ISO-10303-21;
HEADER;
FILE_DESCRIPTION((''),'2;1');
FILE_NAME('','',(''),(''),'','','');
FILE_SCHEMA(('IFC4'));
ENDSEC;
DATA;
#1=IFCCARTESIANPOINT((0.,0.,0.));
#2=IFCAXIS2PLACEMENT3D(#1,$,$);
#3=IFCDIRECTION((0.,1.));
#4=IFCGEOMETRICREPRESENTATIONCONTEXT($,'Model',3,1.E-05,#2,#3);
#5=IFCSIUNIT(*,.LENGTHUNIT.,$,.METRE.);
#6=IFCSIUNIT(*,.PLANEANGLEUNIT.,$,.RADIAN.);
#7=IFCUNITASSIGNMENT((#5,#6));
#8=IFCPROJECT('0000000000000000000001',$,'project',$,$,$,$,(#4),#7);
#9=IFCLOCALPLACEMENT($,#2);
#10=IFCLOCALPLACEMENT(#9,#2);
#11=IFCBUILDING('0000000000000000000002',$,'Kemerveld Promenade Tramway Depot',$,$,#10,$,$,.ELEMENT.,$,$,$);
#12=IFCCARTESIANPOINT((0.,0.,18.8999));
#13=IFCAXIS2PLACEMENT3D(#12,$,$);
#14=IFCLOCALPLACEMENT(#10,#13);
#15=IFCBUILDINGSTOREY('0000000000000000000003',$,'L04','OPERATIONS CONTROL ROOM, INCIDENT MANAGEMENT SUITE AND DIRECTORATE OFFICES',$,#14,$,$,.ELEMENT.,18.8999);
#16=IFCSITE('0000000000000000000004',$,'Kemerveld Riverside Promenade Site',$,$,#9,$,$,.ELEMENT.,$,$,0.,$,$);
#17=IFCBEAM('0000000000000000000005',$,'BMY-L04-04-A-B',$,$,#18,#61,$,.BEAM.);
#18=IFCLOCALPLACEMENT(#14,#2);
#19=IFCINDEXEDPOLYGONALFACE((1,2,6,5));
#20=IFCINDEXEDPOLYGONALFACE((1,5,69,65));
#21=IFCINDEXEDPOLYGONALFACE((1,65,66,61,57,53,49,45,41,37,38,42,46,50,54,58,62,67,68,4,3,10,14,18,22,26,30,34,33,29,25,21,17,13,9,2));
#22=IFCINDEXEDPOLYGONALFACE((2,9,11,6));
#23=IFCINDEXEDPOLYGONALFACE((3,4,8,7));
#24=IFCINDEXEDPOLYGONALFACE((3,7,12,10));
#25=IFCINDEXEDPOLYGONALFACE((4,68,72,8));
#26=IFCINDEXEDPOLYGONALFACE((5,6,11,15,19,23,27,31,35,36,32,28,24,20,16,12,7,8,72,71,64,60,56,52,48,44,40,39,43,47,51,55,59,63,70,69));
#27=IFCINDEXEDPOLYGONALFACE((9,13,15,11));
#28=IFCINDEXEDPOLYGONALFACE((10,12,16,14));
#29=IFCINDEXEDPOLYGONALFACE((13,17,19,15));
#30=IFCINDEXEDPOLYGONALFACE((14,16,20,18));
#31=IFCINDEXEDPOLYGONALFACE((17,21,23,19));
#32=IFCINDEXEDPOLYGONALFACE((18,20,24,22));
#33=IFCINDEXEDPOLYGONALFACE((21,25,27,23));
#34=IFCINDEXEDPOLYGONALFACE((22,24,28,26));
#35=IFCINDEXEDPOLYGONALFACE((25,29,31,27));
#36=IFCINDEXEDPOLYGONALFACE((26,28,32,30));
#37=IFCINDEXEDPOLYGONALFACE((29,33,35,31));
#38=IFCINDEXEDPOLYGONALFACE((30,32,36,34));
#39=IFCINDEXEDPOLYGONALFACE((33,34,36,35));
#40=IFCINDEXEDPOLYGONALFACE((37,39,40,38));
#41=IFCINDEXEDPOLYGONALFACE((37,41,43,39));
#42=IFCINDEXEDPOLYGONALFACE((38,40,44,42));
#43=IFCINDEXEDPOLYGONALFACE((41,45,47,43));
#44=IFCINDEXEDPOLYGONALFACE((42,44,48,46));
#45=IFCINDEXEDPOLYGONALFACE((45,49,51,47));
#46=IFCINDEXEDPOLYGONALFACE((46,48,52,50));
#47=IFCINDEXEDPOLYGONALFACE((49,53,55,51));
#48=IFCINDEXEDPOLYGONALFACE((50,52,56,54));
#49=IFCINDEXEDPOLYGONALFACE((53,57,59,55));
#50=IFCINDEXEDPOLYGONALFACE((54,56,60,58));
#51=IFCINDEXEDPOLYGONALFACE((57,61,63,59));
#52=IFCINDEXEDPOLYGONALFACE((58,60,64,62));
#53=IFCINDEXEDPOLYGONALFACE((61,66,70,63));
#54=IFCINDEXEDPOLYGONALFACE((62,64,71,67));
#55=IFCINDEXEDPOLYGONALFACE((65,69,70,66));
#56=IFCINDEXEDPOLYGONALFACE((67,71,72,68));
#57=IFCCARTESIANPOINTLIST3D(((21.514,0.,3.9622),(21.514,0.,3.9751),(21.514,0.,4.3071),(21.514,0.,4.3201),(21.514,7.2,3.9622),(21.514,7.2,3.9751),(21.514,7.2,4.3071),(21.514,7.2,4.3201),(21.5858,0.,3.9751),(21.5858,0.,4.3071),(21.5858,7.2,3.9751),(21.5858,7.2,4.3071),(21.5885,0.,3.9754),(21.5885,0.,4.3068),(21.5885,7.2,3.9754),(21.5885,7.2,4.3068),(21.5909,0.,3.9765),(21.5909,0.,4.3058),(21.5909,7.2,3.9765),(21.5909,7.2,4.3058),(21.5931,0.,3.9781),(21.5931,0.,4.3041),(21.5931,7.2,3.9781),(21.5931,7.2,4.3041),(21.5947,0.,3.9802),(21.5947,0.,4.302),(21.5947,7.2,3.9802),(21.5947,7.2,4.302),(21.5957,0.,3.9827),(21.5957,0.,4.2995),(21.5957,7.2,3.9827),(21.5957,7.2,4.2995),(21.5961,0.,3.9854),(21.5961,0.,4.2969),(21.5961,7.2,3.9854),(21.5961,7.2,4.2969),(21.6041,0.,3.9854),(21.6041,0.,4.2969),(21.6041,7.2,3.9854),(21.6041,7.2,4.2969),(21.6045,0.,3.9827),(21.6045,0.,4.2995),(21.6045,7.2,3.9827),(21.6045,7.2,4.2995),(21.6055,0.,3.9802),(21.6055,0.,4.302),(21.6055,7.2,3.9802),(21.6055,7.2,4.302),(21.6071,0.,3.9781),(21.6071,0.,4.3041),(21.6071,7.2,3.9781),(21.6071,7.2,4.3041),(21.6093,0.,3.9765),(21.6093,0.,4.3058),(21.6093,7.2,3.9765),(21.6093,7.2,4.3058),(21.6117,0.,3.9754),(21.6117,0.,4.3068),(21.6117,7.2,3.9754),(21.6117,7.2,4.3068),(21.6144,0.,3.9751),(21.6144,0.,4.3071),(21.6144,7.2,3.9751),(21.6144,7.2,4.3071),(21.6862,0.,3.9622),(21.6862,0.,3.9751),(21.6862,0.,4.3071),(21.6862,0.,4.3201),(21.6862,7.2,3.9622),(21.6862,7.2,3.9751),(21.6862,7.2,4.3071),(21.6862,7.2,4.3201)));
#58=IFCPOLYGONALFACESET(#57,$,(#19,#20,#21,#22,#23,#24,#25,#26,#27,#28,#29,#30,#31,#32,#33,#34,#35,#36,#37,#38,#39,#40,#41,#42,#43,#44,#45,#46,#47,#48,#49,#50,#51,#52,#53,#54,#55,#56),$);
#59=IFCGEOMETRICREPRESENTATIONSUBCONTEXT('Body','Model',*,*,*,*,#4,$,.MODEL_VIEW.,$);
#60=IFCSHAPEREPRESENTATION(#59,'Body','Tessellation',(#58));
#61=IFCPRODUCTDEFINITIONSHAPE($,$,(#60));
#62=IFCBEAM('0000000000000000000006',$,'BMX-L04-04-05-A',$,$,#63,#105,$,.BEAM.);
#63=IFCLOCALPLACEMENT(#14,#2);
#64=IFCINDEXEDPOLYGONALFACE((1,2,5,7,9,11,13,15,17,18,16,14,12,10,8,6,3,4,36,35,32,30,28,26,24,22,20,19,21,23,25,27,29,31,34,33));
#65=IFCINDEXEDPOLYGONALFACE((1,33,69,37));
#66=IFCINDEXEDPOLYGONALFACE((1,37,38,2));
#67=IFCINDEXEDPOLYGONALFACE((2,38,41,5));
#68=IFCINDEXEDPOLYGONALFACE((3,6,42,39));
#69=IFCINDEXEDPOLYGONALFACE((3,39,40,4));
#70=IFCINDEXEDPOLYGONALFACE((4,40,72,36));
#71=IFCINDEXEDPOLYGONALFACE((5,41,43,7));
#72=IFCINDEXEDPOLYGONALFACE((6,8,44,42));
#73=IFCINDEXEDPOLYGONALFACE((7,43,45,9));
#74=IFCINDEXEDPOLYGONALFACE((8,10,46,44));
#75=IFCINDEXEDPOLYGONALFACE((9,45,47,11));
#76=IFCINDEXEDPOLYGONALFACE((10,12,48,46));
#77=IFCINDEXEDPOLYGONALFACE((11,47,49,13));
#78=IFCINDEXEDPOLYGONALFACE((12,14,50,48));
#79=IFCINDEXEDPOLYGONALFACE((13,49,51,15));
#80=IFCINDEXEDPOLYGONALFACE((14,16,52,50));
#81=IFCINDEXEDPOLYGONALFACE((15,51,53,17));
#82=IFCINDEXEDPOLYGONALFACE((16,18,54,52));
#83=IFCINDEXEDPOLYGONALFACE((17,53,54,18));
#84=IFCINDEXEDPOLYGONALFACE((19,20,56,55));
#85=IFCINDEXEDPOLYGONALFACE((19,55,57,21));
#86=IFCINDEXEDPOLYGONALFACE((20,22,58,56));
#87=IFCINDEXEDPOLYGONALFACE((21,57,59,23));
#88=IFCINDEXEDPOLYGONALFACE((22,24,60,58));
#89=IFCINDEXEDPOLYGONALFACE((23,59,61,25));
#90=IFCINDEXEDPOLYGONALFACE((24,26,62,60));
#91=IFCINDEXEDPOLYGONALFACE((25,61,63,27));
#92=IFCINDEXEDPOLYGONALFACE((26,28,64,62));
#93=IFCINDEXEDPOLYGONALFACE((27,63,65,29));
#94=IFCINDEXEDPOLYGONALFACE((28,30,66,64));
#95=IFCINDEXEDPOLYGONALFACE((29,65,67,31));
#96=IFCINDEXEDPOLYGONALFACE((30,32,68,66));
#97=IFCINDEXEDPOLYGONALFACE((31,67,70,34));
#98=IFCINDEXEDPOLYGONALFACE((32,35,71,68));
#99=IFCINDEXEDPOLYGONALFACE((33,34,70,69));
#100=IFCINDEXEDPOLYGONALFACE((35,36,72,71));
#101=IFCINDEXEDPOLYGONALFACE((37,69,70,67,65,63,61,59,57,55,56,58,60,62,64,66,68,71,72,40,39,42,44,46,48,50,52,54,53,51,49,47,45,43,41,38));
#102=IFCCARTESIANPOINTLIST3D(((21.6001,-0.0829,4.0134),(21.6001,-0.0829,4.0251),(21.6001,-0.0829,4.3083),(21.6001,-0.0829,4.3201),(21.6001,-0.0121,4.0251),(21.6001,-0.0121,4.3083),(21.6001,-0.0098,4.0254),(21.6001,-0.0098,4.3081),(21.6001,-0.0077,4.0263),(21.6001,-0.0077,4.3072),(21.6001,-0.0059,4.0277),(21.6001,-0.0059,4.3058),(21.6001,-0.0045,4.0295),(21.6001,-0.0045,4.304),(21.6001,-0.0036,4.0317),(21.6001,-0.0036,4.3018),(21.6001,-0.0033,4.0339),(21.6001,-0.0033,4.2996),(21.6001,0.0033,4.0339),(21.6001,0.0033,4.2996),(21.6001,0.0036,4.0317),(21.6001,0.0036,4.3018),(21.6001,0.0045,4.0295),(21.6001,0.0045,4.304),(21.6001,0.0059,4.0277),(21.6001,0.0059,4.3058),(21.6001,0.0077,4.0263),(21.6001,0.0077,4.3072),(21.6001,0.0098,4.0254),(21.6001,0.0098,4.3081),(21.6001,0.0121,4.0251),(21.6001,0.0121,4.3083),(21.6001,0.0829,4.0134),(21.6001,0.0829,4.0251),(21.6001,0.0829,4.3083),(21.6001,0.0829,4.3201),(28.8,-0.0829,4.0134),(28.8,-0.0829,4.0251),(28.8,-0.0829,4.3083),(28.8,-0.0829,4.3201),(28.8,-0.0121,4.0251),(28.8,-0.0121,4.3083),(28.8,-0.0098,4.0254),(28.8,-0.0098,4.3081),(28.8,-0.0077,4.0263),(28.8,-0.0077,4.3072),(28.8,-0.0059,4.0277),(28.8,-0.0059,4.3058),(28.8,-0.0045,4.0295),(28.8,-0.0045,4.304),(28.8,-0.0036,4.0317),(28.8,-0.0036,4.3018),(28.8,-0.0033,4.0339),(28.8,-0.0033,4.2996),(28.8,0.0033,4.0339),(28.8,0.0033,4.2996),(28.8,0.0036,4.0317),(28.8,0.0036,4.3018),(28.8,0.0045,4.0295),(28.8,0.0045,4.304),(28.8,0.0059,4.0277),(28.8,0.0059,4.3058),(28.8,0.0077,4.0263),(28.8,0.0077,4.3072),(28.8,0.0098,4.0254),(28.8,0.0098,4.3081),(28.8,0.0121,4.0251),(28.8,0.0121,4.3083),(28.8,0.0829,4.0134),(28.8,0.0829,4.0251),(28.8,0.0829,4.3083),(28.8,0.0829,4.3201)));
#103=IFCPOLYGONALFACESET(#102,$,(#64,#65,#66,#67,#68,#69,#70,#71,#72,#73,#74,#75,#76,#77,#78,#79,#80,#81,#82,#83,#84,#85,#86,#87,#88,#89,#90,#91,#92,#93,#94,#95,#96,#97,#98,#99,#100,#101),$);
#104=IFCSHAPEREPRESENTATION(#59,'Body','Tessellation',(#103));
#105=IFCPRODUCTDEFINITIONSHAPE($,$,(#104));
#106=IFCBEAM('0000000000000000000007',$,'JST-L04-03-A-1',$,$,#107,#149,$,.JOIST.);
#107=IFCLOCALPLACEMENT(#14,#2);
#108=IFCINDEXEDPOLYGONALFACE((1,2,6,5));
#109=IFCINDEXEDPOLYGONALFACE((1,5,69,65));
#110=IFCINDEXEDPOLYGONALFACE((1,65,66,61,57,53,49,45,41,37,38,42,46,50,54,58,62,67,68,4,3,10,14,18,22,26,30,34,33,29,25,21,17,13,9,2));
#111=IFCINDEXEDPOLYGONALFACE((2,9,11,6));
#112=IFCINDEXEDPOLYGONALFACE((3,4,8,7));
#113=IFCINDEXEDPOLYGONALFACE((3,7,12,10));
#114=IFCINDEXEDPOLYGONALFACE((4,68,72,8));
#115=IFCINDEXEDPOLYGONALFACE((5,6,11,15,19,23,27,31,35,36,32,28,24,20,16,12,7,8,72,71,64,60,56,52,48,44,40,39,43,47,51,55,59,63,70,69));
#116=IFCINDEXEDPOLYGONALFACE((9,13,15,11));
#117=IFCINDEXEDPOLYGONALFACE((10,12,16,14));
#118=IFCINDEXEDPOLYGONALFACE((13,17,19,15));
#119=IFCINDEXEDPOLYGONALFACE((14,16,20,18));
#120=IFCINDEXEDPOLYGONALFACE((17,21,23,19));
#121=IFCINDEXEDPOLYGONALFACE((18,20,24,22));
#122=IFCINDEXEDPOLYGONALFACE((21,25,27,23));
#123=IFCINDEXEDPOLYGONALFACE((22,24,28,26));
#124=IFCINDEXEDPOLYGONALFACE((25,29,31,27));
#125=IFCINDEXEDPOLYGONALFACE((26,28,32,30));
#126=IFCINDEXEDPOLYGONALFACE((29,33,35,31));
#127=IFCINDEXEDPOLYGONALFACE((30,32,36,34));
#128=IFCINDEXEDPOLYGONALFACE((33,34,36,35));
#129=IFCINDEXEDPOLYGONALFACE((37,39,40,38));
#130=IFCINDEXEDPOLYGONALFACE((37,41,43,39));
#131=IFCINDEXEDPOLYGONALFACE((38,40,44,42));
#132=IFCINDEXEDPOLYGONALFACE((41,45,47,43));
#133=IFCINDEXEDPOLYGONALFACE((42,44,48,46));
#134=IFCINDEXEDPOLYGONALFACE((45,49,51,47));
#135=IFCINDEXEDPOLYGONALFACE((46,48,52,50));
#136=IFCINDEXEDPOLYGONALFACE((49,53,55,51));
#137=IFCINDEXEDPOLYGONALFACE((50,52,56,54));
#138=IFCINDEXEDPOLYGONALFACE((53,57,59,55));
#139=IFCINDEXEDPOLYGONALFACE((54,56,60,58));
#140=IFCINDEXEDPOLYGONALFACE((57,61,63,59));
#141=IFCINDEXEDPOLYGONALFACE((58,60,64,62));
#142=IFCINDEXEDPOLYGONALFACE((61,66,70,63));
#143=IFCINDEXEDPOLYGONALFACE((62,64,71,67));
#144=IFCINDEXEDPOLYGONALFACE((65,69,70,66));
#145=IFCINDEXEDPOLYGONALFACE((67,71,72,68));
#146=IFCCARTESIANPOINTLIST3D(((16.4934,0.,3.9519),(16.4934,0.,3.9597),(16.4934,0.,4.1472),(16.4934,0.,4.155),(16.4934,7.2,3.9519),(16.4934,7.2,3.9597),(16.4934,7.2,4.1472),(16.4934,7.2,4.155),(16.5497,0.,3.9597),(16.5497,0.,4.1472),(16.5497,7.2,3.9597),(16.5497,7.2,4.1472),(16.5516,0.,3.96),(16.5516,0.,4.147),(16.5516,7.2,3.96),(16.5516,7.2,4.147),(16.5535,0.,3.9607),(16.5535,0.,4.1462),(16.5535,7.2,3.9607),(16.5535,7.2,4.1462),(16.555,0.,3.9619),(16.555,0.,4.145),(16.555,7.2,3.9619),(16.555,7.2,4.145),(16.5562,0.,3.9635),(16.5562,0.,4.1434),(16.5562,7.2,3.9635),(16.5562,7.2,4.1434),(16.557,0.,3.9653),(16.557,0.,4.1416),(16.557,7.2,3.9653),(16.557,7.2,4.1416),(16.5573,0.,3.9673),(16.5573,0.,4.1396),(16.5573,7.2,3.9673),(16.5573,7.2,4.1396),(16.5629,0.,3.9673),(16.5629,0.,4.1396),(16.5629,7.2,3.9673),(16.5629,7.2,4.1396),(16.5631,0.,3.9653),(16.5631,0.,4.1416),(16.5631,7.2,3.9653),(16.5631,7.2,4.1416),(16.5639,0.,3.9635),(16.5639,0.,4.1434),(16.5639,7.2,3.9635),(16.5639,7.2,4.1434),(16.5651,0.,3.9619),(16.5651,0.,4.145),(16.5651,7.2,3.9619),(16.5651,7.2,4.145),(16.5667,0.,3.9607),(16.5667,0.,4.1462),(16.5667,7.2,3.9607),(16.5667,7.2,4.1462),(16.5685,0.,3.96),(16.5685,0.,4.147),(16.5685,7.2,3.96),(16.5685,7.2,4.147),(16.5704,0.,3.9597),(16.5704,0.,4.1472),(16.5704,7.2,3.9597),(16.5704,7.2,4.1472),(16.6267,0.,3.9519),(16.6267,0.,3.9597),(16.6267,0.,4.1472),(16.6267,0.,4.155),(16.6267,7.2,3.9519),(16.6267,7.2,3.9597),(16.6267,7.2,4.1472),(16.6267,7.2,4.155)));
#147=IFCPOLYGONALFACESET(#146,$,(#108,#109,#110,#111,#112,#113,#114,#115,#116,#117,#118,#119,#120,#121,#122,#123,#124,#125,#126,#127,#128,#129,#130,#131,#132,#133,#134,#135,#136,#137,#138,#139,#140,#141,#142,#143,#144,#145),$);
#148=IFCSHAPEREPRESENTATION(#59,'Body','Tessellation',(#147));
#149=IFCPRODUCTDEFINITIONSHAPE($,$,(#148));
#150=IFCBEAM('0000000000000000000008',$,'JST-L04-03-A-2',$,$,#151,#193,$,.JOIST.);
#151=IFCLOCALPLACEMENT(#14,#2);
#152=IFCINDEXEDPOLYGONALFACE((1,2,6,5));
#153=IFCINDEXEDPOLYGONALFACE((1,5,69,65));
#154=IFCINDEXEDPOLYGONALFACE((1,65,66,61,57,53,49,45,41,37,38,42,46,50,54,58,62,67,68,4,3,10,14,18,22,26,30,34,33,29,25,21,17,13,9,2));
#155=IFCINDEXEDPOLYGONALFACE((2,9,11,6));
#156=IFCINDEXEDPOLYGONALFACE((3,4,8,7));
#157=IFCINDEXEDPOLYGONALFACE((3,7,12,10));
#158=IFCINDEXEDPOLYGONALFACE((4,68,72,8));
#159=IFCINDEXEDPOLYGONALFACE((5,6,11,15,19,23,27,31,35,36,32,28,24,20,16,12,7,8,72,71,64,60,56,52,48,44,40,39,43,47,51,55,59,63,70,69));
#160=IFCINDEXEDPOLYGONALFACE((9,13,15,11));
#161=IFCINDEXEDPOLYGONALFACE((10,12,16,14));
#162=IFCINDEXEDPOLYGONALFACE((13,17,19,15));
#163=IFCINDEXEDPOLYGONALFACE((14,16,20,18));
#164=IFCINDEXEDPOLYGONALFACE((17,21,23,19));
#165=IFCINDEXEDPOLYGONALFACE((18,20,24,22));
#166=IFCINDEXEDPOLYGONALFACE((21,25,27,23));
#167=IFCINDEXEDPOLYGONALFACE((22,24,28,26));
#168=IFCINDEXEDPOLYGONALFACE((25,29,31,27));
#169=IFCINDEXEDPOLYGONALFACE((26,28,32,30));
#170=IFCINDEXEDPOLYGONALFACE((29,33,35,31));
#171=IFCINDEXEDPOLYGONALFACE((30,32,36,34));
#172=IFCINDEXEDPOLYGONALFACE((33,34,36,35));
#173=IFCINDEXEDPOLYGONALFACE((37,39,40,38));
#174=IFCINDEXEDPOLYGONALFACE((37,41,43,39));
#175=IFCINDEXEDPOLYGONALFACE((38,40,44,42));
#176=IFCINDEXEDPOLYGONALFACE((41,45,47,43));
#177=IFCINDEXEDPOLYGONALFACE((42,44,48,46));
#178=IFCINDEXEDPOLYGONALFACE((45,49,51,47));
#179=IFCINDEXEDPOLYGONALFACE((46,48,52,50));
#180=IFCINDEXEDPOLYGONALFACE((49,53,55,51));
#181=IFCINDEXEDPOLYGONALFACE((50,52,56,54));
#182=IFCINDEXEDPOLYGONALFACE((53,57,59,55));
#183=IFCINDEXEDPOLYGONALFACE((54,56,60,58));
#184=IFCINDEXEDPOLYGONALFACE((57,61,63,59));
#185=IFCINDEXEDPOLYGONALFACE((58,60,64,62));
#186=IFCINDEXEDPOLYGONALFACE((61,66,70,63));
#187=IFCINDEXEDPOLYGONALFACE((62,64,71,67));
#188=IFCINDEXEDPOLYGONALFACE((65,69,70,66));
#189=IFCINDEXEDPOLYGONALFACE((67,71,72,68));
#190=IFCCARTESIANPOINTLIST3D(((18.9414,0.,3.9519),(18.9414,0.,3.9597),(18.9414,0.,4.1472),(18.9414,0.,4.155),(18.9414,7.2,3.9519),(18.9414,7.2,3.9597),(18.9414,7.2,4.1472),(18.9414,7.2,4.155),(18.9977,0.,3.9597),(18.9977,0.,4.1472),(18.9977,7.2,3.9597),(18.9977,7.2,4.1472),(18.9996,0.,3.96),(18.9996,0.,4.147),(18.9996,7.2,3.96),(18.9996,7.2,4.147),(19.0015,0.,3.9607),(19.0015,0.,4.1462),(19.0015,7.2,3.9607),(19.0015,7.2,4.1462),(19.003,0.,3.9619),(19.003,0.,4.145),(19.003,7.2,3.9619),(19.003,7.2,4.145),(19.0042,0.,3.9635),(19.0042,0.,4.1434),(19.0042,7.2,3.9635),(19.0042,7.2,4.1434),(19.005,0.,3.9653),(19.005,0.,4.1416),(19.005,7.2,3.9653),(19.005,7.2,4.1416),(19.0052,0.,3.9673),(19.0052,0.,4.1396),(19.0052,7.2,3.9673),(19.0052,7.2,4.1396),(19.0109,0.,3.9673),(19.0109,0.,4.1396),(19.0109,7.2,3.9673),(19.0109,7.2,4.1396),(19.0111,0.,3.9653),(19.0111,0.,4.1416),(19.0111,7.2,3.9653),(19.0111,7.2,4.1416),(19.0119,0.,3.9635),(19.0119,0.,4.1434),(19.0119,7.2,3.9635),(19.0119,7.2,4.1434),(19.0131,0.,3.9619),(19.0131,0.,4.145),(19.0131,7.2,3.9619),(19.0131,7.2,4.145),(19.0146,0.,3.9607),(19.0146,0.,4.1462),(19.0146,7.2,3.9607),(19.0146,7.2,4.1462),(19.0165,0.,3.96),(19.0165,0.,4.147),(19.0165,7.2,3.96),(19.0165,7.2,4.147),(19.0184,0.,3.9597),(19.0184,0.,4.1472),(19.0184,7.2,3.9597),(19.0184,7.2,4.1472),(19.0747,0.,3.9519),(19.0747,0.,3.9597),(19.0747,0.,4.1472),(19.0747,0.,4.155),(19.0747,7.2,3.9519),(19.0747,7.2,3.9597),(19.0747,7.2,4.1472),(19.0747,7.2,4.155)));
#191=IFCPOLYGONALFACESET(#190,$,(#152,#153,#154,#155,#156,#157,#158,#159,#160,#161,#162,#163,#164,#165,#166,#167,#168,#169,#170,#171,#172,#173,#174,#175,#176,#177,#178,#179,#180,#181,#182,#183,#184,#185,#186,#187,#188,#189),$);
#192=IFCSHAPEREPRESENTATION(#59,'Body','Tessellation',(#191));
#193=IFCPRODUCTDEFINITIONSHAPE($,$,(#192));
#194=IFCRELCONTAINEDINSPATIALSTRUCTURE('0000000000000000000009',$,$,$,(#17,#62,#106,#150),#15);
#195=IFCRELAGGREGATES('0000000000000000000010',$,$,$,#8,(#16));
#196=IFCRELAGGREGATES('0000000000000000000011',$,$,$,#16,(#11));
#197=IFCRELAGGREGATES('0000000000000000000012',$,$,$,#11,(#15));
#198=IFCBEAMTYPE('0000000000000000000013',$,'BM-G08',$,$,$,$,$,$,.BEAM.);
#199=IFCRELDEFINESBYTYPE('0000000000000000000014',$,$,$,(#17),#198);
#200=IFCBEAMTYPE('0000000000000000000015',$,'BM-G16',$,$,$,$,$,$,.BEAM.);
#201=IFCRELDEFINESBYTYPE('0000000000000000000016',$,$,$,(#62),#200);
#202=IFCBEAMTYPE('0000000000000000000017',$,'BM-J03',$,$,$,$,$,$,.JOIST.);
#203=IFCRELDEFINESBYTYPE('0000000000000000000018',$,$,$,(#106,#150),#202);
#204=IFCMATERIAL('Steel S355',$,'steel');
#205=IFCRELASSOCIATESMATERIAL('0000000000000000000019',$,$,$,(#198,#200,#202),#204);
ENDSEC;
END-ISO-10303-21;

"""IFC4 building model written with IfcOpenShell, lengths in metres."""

from ifc_helpers import new_model, si_unit, direction, frame, origin, origin_2d, place, context, subcontext, project, spatial, i_section, extrude, material, material_profile, profile_set, type_object, element, save


model = new_model("IFC4")

# Units and contexts
model_context = context("Model", 3, precision=1e-05, world=origin(), true_north=direction((0.0, 1.0)))
body_context = subcontext(model_context, "Body", "Model", "MODEL_VIEW")
ifc_project = project(units=[si_unit("LENGTHUNIT", "METRE"), si_unit("PLANEANGLEUNIT", "RADIAN")], contexts=[model_context])

# Site, building, storey
site_placement = place(None, origin())
site = spatial("IfcSite", under=ifc_project, at=site_placement, Name="Kemerveld Riverside Promenade Site", CompositionType="ELEMENT", RefElevation=0.0)
building_placement = place(site_placement, origin())
building = spatial("IfcBuilding", under=site, at=building_placement, Name="Kemerveld Promenade Tramway Depot", CompositionType="ELEMENT")
storey_placement = place(building_placement, frame((0.0, 0.0, 18.8999)))
storey = spatial("IfcBuildingStorey", under=building, at=storey_placement, Name="L04", Description="OPERATIONS CONTROL ROOM, INCIDENT MANAGEMENT SUITE AND DIRECTORATE OFFICES", CompositionType="ELEMENT", Elevation=18.8999)

# Shared definitions
ifc_material_1 = material(Name="Steel S355", Category="steel")

# Beams
ifc_material_profile_1 = material_profile(ifc_material_1, i_section(OverallWidth=0.1721, OverallDepth=0.3579, WebThickness=0.0081, FlangeThickness=0.0129, FilletRadius=0.0103, at=origin_2d()), Name="356x171x57 UB")
ifc_profile_set_1 = profile_set([ifc_material_profile_1], Name="Steel S355")
beam_type_1 = type_object("IfcBeamType", Name="BM-G08", PredefinedType="BEAM", material=ifc_profile_set_1)
for number, where, z_axis, x_axis, name in (
    (1, (21.6001, 0.0, 4.1411), (0.0, 1.0, 0.0), (-1.0, 0.0, 0.0), "BMY-L04-04-A-B"),
):
    element("IfcBeam", number, at=place(storey_placement, frame(where, z_axis=z_axis, x_axis=x_axis)), inside=storey, type_object=beam_type_1, Name=name, PredefinedType="BEAM", context=body_context, shape_type="SweptSolid", body=[
        extrude(i_section(OverallWidth=0.1721, OverallDepth=0.3579, WebThickness=0.0081, FlangeThickness=0.0129, FilletRadius=0.0103, at=origin_2d()), origin(), (0.0, 0.0, 1.0), 7.2),
    ])
ifc_material_profile_2 = material_profile(ifc_material_1, i_section(OverallWidth=0.1658, OverallDepth=0.3066, WebThickness=0.0066, FlangeThickness=0.0117, FilletRadius=0.0088, at=origin_2d()), Name="305x165x46 UB")
ifc_profile_set_2 = profile_set([ifc_material_profile_2], Name="Steel S355")
beam_type_2 = type_object("IfcBeamType", Name="BM-G16", PredefinedType="BEAM", material=ifc_profile_set_2)
beam_placement = place(storey_placement, frame((21.6001, 0.0, 4.1667), z_axis=(1.0, 0.0, 0.0), x_axis=(0.0, 1.0, 0.0)))
element("IfcBeam", 2, at=beam_placement, inside=storey, type_object=beam_type_2, Name="BMX-L04-04-05-A", PredefinedType="BEAM", context=body_context, shape_type="SweptSolid", body=[
    extrude(i_section(OverallWidth=0.1658, OverallDepth=0.3066, WebThickness=0.0066, FlangeThickness=0.0117, FilletRadius=0.0088, at=origin_2d()), origin(), (0.0, 0.0, 1.0), 7.2),
])
ifc_material_profile_3 = material_profile(ifc_material_1, i_section(OverallWidth=0.1333, OverallDepth=0.2031, WebThickness=0.0056, FlangeThickness=0.0078, FilletRadius=0.0076, at=origin_2d()), Name="203x133x25 UB")
ifc_profile_set_3 = profile_set([ifc_material_profile_3], Name="Steel S355")
beam_type_3 = type_object("IfcBeamType", Name="BM-J03", PredefinedType="JOIST", material=ifc_profile_set_3)
for number, where, z_axis, x_axis, name in (
    (3, (16.5601, 0.0, 4.0535), (0.0, 1.0, 0.0), (-1.0, 0.0, 0.0), "JST-L04-03-A-1"),
    (4, (19.0081, 0.0, 4.0535), (0.0, 1.0, 0.0), (-1.0, 0.0, 0.0), "JST-L04-03-A-2"),
):
    element("IfcBeam", number, at=place(storey_placement, frame(where, z_axis=z_axis, x_axis=x_axis)), inside=storey, type_object=beam_type_3, Name=name, PredefinedType="JOIST", context=body_context, shape_type="SweptSolid", body=[
        extrude(i_section(OverallWidth=0.1333, OverallDepth=0.2031, WebThickness=0.0056, FlangeThickness=0.0078, FilletRadius=0.0076, at=origin_2d()), origin(), (0.0, 0.0, 1.0), 7.2),
    ])

save(model, "model.ifc")
